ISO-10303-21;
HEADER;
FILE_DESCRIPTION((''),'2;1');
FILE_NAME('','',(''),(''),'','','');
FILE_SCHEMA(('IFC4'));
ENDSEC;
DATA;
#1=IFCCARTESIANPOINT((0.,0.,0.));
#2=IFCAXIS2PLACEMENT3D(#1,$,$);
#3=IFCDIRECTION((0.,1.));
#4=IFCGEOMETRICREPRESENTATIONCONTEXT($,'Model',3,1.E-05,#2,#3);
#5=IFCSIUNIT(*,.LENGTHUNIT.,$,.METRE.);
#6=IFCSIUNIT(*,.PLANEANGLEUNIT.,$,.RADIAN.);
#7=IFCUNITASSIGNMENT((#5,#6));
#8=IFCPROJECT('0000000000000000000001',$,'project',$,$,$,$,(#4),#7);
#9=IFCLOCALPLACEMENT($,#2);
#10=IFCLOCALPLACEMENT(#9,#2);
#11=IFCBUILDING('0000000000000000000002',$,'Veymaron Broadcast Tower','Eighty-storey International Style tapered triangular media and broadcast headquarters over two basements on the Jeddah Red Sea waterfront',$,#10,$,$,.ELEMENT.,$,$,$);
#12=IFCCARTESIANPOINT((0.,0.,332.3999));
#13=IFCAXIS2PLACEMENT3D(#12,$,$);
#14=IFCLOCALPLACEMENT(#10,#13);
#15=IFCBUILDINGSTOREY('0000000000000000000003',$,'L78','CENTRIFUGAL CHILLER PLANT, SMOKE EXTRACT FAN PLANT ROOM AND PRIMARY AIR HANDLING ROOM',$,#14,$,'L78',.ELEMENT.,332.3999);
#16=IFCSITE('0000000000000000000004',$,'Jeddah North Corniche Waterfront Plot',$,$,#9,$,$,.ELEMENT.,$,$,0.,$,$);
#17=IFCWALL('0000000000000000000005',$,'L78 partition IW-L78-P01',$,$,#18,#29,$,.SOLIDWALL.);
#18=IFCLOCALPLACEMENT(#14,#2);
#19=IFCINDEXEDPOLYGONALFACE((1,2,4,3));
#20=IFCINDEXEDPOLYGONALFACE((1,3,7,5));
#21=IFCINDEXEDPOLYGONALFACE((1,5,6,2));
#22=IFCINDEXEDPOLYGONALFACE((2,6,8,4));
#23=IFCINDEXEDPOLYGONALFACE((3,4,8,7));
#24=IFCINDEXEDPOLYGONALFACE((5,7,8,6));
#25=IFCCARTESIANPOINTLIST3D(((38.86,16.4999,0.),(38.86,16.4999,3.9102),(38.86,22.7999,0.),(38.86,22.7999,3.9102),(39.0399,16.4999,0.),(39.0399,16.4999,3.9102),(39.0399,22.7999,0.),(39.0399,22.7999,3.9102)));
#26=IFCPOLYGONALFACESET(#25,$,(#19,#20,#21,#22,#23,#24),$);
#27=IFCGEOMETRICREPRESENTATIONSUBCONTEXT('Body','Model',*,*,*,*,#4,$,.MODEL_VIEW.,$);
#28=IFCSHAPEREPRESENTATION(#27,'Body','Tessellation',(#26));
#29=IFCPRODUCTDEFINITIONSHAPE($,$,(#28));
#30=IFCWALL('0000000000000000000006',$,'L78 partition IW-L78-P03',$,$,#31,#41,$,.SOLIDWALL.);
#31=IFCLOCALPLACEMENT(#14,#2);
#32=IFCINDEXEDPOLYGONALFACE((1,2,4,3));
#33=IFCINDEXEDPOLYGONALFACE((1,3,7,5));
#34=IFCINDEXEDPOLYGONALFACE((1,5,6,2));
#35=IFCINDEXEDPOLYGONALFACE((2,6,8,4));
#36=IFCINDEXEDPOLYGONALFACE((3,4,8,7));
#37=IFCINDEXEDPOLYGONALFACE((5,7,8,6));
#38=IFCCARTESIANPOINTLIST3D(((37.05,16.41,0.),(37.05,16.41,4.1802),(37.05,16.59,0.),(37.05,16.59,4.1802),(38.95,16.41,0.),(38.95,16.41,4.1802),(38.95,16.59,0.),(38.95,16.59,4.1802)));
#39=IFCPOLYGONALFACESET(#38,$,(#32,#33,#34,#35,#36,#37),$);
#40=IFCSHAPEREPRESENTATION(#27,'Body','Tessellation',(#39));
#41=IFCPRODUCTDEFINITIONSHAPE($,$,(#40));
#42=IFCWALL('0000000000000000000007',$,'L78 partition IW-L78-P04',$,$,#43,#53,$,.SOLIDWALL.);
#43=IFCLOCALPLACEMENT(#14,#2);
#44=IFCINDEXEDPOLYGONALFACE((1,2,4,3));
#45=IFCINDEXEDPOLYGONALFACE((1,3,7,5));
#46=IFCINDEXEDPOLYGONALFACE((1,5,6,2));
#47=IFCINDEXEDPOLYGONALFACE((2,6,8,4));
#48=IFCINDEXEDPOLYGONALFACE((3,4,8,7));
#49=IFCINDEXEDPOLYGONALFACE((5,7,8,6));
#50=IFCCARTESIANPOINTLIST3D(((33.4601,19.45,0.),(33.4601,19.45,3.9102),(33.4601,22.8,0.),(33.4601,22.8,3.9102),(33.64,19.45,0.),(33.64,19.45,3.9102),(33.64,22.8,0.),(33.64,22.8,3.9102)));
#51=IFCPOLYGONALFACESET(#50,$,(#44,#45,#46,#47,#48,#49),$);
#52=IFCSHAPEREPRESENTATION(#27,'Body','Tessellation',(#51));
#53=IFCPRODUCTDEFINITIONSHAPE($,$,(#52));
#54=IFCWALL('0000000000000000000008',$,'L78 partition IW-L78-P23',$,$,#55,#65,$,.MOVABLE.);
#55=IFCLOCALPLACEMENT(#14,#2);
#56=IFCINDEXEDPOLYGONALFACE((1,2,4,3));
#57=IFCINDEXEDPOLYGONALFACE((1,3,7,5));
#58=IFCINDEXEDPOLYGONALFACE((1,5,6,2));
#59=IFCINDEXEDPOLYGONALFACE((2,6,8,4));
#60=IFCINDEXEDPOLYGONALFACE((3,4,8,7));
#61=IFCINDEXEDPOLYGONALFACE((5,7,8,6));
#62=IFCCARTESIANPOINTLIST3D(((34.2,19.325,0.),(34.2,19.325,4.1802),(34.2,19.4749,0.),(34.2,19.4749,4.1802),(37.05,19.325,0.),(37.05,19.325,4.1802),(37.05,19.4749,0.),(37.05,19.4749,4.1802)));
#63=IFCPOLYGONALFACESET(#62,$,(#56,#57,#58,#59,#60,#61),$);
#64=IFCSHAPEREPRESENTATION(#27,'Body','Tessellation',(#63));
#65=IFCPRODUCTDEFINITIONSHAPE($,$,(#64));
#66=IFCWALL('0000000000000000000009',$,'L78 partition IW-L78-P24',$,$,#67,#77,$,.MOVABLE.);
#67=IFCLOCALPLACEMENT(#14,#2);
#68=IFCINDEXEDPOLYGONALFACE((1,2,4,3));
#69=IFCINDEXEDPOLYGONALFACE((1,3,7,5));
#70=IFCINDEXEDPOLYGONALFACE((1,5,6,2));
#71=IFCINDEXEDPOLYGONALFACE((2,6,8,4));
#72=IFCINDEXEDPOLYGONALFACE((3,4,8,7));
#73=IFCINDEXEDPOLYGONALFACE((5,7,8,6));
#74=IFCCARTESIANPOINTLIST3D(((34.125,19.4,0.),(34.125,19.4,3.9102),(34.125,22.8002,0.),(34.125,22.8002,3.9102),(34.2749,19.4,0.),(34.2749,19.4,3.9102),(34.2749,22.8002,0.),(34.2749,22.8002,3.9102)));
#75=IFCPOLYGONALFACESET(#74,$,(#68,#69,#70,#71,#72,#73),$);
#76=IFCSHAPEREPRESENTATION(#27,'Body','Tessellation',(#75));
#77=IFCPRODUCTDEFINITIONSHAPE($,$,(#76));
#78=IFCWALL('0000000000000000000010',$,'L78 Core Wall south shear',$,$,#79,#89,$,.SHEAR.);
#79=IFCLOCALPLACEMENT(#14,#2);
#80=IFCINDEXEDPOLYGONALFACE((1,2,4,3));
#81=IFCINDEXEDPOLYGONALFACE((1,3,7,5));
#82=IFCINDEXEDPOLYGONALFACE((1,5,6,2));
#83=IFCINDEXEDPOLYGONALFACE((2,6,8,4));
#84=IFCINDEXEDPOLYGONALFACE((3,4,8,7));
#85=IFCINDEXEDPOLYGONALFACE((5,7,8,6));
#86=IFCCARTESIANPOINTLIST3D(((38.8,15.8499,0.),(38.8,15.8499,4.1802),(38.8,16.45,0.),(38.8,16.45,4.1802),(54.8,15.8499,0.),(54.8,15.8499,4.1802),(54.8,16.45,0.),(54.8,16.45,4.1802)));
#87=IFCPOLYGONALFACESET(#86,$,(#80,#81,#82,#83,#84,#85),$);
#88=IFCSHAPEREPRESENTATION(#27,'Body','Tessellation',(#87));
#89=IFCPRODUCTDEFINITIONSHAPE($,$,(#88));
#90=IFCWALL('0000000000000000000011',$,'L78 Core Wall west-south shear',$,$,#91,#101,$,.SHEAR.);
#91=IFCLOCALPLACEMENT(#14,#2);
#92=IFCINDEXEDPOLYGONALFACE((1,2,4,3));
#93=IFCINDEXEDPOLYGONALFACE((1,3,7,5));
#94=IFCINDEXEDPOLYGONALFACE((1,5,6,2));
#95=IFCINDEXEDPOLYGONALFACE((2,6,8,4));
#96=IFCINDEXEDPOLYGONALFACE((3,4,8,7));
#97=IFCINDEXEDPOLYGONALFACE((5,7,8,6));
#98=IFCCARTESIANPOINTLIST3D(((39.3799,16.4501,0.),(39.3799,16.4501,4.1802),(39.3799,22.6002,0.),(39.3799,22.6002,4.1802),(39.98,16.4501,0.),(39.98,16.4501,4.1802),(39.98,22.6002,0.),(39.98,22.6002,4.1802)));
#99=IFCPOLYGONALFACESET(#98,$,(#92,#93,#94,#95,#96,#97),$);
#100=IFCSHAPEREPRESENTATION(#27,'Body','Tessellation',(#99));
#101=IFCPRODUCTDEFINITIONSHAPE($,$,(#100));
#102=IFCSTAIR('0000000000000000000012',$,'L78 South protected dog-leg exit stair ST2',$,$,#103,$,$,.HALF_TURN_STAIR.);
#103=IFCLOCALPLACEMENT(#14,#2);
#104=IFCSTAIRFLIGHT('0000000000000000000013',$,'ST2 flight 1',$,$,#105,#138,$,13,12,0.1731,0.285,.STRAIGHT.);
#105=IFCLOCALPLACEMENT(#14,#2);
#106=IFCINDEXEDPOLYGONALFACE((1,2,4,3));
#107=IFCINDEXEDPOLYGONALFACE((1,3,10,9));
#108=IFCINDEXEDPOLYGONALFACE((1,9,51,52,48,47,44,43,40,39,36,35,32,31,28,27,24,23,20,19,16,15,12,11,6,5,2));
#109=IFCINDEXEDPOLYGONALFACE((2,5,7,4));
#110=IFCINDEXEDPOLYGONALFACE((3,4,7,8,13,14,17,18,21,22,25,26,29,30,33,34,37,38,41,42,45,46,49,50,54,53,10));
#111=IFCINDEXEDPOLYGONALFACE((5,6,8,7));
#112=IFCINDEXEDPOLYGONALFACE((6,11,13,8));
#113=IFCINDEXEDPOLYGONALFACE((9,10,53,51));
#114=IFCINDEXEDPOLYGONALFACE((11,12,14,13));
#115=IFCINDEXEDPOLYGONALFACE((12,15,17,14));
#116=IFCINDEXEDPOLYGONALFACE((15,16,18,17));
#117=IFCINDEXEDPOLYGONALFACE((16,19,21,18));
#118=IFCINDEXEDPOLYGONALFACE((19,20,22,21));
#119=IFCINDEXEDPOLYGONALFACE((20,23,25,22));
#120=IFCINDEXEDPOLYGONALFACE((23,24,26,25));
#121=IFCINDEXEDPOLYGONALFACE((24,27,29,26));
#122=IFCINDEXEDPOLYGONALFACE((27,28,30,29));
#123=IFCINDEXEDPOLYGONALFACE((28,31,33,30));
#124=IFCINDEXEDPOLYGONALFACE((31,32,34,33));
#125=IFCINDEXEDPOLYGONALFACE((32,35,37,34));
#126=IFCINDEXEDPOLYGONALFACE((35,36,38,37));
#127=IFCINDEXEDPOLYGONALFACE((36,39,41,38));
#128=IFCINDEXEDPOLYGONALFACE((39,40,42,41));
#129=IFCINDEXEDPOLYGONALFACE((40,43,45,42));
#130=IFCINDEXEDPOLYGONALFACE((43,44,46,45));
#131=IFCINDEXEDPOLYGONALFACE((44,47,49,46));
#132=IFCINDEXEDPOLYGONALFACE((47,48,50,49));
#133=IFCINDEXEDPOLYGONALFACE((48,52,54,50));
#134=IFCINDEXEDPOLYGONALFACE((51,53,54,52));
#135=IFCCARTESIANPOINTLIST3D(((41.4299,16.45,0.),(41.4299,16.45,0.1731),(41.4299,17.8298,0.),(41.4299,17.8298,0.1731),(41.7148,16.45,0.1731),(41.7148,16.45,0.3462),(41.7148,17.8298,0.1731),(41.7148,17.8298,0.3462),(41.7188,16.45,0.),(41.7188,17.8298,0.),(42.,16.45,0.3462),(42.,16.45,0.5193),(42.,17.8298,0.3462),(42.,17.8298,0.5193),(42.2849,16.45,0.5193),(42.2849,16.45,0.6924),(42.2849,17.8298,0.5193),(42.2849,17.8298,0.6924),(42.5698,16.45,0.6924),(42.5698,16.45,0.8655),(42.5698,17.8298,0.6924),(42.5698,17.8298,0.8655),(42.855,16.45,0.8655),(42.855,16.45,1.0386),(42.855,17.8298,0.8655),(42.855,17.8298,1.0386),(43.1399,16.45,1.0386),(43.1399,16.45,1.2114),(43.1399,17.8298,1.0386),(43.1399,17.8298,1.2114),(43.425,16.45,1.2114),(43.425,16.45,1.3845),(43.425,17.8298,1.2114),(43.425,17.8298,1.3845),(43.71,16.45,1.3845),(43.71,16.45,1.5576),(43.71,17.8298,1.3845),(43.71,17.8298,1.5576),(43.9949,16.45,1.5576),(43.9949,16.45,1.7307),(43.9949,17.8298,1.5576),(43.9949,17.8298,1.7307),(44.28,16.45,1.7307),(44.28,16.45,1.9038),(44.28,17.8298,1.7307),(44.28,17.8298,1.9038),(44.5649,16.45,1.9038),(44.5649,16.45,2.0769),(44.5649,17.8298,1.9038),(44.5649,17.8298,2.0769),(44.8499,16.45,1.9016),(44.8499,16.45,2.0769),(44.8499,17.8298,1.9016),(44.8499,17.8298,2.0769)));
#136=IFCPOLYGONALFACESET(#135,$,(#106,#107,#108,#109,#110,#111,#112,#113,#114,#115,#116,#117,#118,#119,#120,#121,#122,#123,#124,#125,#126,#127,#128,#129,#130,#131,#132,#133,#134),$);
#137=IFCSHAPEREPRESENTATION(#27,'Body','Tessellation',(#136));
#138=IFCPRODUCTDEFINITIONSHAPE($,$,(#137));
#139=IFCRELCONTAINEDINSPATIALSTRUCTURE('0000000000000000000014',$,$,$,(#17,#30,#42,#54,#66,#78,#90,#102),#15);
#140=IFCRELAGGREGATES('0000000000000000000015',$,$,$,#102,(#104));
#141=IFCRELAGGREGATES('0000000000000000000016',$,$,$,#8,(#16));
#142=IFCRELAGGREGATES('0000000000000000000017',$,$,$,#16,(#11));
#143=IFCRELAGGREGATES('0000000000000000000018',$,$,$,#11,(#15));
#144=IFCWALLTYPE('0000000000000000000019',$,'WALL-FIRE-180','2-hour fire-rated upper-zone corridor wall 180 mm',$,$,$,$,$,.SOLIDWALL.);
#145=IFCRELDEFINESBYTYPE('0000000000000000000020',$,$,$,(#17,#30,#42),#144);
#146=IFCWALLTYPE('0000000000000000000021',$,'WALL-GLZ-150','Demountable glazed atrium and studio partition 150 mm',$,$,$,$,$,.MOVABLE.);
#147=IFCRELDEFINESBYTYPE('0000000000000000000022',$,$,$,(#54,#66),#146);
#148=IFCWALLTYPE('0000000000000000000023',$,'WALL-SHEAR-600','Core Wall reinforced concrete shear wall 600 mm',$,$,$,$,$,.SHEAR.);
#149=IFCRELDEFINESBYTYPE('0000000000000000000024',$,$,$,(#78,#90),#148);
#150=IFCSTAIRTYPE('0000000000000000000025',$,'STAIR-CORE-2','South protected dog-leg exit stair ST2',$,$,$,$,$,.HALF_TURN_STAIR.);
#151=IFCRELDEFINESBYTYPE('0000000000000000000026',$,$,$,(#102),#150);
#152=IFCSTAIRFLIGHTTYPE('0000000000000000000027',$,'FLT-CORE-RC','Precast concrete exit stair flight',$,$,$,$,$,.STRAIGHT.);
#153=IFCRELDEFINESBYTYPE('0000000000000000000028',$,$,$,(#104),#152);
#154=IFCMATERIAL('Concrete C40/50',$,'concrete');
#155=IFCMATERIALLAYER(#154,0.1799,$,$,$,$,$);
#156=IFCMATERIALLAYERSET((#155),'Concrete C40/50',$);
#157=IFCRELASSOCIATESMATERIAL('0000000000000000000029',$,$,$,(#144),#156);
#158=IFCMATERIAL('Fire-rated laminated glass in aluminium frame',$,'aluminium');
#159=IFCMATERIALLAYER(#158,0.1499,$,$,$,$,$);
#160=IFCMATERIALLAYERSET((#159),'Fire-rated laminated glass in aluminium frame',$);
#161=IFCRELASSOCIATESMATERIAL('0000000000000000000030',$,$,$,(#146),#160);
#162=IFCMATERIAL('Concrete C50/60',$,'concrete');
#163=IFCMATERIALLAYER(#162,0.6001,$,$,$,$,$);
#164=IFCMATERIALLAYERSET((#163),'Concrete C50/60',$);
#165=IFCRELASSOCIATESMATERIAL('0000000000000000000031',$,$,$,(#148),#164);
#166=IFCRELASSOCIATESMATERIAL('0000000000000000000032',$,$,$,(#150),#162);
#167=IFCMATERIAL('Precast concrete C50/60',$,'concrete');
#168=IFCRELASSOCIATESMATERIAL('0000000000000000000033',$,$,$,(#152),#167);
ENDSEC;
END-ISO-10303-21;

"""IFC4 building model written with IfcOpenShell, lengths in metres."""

from ifc_helpers import new_model, si_unit, direction, frame, frame_2d, origin, place, context, subcontext, project, spatial, polyline, rectangle, outline, extrude, material, layer, layer_set, type_object, element, aggregate, save


model = new_model("IFC4")

# Units and contexts
model_context = context("Model", 3, precision=1e-05, world=origin(), true_north=direction((0.0, 1.0)))
body_context = subcontext(model_context, "Body", "Model", "MODEL_VIEW")
ifc_project = project(units=[si_unit("LENGTHUNIT", "METRE"), si_unit("PLANEANGLEUNIT", "RADIAN")], contexts=[model_context])

# Site, building, storey
site_placement = place(None, origin())
site = spatial("IfcSite", under=ifc_project, at=site_placement, Name="Jeddah North Corniche Waterfront Plot", CompositionType="ELEMENT", RefElevation=0.0)
building_placement = place(site_placement, origin())
building = spatial("IfcBuilding", under=site, at=building_placement, Name="Veymaron Broadcast Tower", Description="Eighty-storey International Style tapered triangular media and broadcast headquarters over two basements on the Jeddah Red Sea waterfront", CompositionType="ELEMENT")
storey_placement = place(building_placement, frame((0.0, 0.0, 332.3999)))
storey = spatial("IfcBuildingStorey", under=building, at=storey_placement, Name="L78", Description="CENTRIFUGAL CHILLER PLANT, SMOKE EXTRACT FAN PLANT ROOM AND PRIMARY AIR HANDLING ROOM", LongName="L78", CompositionType="ELEMENT", Elevation=332.3999)

# Shared definitions
ifc_material_1 = material(Name="Concrete C40/50", Category="concrete")
ifc_layer_1 = layer(ifc_material_1, 0.1799)
ifc_layer_set_1 = layer_set([ifc_layer_1], Name="Concrete C40/50")
wall_type_1 = type_object("IfcWallType", Name="WALL-FIRE-180", Description="2-hour fire-rated upper-zone corridor wall 180 mm", PredefinedType="SOLIDWALL", material=ifc_layer_set_1)

# Walls
wall_1_placement = place(storey_placement, frame((38.95, 16.5, 0.0), z_axis=(0.0, 0.0, 1.0), x_axis=(0.0, 1.0, 0.0)))
element("IfcWall", 1, at=wall_1_placement, inside=storey, type_object=wall_type_1, Name="L78 partition IW-L78-P01", PredefinedType="SOLIDWALL", context=body_context, shape_type="SweptSolid", body=[
    extrude(rectangle(XDim=6.3, YDim=0.1799, at=frame_2d((3.1499, 0.0))), origin(), (0.0, 0.0, 1.0), 3.9102),
])
wall_2_placement = place(storey_placement, frame((37.05, 16.5, 0.0), z_axis=(0.0, 0.0, 1.0), x_axis=(1.0, 0.0, 0.0)))
element("IfcWall", 2, at=wall_2_placement, inside=storey, type_object=wall_type_1, Name="L78 partition IW-L78-P03", PredefinedType="SOLIDWALL", context=body_context, shape_type="SweptSolid", body=[
    extrude(rectangle(XDim=1.8999, YDim=0.1799, at=frame_2d((0.95, 0.0))), origin(), (0.0, 0.0, 1.0), 4.1802),
])
wall_3_placement = place(storey_placement, frame((33.55, 19.45, 0.0), z_axis=(0.0, 0.0, 1.0), x_axis=(0.0, 1.0, 0.0)))
element("IfcWall", 3, at=wall_3_placement, inside=storey, type_object=wall_type_1, Name="L78 partition IW-L78-P04", PredefinedType="SOLIDWALL", context=body_context, shape_type="SweptSolid", body=[
    extrude(rectangle(XDim=3.3501, YDim=0.1799, at=frame_2d((1.675, 0.0))), origin(), (0.0, 0.0, 1.0), 3.9102),
])
ifc_material_2 = material(Name="Fire-rated laminated glass in aluminium frame", Category="aluminium")
ifc_layer_2 = layer(ifc_material_2, 0.1499)
ifc_layer_set_2 = layer_set([ifc_layer_2], Name="Fire-rated laminated glass in aluminium frame")
wall_type_2 = type_object("IfcWallType", Name="WALL-GLZ-150", Description="Demountable glazed atrium and studio partition 150 mm", PredefinedType="MOVABLE", material=ifc_layer_set_2)
wall_4_placement = place(storey_placement, frame((34.2, 19.3999, 0.0), z_axis=(0.0, 0.0, 1.0), x_axis=(1.0, 0.0, 0.0)))
element("IfcWall", 4, at=wall_4_placement, inside=storey, type_object=wall_type_2, Name="L78 partition IW-L78-P23", PredefinedType="MOVABLE", context=body_context, shape_type="SweptSolid", body=[
    extrude(rectangle(XDim=2.8501, YDim=0.1499, at=frame_2d((1.425, 0.0))), origin(), (0.0, 0.0, 1.0), 4.1802),
])
wall_5_placement = place(storey_placement, frame((34.2, 19.3999, 0.0), z_axis=(0.0, 0.0, 1.0), x_axis=(0.0, 1.0, 0.0)))
element("IfcWall", 5, at=wall_5_placement, inside=storey, type_object=wall_type_2, Name="L78 partition IW-L78-P24", PredefinedType="MOVABLE", context=body_context, shape_type="SweptSolid", body=[
    extrude(rectangle(XDim=3.4001, YDim=0.1499, at=frame_2d((1.7002, 0.0))), origin(), (0.0, 0.0, 1.0), 3.9102),
])

# Shared definitions
ifc_material_3 = material(Name="Concrete C50/60", Category="concrete")

# Walls
ifc_layer_3 = layer(ifc_material_3, 0.6001)
ifc_layer_set_3 = layer_set([ifc_layer_3], Name="Concrete C50/60")
wall_type_3 = type_object("IfcWallType", Name="WALL-SHEAR-600", Description="Core Wall reinforced concrete shear wall 600 mm", PredefinedType="SHEAR", material=ifc_layer_set_3)
wall_6_placement = place(storey_placement, frame((38.8, 16.1499, 0.0), z_axis=(0.0, 0.0, 1.0), x_axis=(1.0, 0.0, 0.0)))
element("IfcWall", 6, at=wall_6_placement, inside=storey, type_object=wall_type_3, Name="L78 Core Wall south shear", PredefinedType="SHEAR", context=body_context, shape_type="SweptSolid", body=[
    extrude(rectangle(XDim=16.0, YDim=0.6001, at=frame_2d((8.0, 0.0))), origin(), (0.0, 0.0, 1.0), 4.1802),
])
wall_7_placement = place(storey_placement, frame((39.6799, 16.45, 0.0), z_axis=(0.0, 0.0, 1.0), x_axis=(0.0, 1.0, 0.0)))
element("IfcWall", 7, at=wall_7_placement, inside=storey, type_object=wall_type_3, Name="L78 Core Wall west-south shear", PredefinedType="SHEAR", context=body_context, shape_type="SweptSolid", body=[
    extrude(rectangle(XDim=6.1501, YDim=0.6001, at=frame_2d((3.0752, 0.0))), origin(), (0.0, 0.0, 1.0), 4.1802),
])

# Stair, stair flight
stair_type = type_object("IfcStairType", Name="STAIR-CORE-2", Description="South protected dog-leg exit stair ST2", PredefinedType="HALF_TURN_STAIR", material=ifc_material_3)
stair_placement = place(storey_placement, origin())
stair = element("IfcStair", 8, at=stair_placement, inside=storey, type_object=stair_type, Name="L78 South protected dog-leg exit stair ST2", PredefinedType="HALF_TURN_STAIR")
ifc_material_4 = material(Name="Precast concrete C50/60", Category="concrete")
stair_flight_type = type_object("IfcStairFlightType", Name="FLT-CORE-RC", Description="Precast concrete exit stair flight", PredefinedType="STRAIGHT", material=ifc_material_4)
stair_flight_placement = place(storey_placement, frame((41.4299, 17.1399, 0.0), z_axis=(0.0, 0.0, 1.0), x_axis=(1.0, 0.0, 0.0)))
stair_flight = element("IfcStairFlight", 9, at=stair_flight_placement, type_object=stair_flight_type, Name="ST2 flight 1", NumberOfRisers=13, NumberOfTreads=12, PredefinedType="STRAIGHT", RiserHeight=0.1731, TreadLength=0.285, context=body_context, shape_type="SweptSolid", body=[
    extrude(outline(polyline([(0.0, 0.0), (0.0, 0.1731), (0.2849, 0.1731), (0.2849, 0.3462), (0.5701, 0.3462), (0.5701, 0.5193), (0.855, 0.5193), (0.855, 0.6924), (1.1399, 0.6924), (1.1399, 0.8655), (1.425, 0.8655), (1.425, 1.0386), (1.71, 1.0386), (1.71, 1.2114), (1.9951, 1.2114), (1.9951, 1.3845), (2.28, 1.3845), (2.28, 1.5576), (2.5649, 1.5576), (2.5649, 1.7307), (2.8501, 1.7307), (2.8501, 1.9038), (3.135, 1.9038), (3.135, 2.0769), (3.4199, 2.0769), (3.4199, 2.25), (3.4199, 1.9016), (0.2888, 0.0), (0.0, 0.0)])), frame((0.0, 0.6899, 0.0), z_axis=(0.0, -1.0, 0.0), x_axis=(1.0, 0.0, 0.0)), (0.0, 0.0, 1.0), 1.3799),
])
aggregate(stair, [stair_flight])

save(model, "model.ifc")
